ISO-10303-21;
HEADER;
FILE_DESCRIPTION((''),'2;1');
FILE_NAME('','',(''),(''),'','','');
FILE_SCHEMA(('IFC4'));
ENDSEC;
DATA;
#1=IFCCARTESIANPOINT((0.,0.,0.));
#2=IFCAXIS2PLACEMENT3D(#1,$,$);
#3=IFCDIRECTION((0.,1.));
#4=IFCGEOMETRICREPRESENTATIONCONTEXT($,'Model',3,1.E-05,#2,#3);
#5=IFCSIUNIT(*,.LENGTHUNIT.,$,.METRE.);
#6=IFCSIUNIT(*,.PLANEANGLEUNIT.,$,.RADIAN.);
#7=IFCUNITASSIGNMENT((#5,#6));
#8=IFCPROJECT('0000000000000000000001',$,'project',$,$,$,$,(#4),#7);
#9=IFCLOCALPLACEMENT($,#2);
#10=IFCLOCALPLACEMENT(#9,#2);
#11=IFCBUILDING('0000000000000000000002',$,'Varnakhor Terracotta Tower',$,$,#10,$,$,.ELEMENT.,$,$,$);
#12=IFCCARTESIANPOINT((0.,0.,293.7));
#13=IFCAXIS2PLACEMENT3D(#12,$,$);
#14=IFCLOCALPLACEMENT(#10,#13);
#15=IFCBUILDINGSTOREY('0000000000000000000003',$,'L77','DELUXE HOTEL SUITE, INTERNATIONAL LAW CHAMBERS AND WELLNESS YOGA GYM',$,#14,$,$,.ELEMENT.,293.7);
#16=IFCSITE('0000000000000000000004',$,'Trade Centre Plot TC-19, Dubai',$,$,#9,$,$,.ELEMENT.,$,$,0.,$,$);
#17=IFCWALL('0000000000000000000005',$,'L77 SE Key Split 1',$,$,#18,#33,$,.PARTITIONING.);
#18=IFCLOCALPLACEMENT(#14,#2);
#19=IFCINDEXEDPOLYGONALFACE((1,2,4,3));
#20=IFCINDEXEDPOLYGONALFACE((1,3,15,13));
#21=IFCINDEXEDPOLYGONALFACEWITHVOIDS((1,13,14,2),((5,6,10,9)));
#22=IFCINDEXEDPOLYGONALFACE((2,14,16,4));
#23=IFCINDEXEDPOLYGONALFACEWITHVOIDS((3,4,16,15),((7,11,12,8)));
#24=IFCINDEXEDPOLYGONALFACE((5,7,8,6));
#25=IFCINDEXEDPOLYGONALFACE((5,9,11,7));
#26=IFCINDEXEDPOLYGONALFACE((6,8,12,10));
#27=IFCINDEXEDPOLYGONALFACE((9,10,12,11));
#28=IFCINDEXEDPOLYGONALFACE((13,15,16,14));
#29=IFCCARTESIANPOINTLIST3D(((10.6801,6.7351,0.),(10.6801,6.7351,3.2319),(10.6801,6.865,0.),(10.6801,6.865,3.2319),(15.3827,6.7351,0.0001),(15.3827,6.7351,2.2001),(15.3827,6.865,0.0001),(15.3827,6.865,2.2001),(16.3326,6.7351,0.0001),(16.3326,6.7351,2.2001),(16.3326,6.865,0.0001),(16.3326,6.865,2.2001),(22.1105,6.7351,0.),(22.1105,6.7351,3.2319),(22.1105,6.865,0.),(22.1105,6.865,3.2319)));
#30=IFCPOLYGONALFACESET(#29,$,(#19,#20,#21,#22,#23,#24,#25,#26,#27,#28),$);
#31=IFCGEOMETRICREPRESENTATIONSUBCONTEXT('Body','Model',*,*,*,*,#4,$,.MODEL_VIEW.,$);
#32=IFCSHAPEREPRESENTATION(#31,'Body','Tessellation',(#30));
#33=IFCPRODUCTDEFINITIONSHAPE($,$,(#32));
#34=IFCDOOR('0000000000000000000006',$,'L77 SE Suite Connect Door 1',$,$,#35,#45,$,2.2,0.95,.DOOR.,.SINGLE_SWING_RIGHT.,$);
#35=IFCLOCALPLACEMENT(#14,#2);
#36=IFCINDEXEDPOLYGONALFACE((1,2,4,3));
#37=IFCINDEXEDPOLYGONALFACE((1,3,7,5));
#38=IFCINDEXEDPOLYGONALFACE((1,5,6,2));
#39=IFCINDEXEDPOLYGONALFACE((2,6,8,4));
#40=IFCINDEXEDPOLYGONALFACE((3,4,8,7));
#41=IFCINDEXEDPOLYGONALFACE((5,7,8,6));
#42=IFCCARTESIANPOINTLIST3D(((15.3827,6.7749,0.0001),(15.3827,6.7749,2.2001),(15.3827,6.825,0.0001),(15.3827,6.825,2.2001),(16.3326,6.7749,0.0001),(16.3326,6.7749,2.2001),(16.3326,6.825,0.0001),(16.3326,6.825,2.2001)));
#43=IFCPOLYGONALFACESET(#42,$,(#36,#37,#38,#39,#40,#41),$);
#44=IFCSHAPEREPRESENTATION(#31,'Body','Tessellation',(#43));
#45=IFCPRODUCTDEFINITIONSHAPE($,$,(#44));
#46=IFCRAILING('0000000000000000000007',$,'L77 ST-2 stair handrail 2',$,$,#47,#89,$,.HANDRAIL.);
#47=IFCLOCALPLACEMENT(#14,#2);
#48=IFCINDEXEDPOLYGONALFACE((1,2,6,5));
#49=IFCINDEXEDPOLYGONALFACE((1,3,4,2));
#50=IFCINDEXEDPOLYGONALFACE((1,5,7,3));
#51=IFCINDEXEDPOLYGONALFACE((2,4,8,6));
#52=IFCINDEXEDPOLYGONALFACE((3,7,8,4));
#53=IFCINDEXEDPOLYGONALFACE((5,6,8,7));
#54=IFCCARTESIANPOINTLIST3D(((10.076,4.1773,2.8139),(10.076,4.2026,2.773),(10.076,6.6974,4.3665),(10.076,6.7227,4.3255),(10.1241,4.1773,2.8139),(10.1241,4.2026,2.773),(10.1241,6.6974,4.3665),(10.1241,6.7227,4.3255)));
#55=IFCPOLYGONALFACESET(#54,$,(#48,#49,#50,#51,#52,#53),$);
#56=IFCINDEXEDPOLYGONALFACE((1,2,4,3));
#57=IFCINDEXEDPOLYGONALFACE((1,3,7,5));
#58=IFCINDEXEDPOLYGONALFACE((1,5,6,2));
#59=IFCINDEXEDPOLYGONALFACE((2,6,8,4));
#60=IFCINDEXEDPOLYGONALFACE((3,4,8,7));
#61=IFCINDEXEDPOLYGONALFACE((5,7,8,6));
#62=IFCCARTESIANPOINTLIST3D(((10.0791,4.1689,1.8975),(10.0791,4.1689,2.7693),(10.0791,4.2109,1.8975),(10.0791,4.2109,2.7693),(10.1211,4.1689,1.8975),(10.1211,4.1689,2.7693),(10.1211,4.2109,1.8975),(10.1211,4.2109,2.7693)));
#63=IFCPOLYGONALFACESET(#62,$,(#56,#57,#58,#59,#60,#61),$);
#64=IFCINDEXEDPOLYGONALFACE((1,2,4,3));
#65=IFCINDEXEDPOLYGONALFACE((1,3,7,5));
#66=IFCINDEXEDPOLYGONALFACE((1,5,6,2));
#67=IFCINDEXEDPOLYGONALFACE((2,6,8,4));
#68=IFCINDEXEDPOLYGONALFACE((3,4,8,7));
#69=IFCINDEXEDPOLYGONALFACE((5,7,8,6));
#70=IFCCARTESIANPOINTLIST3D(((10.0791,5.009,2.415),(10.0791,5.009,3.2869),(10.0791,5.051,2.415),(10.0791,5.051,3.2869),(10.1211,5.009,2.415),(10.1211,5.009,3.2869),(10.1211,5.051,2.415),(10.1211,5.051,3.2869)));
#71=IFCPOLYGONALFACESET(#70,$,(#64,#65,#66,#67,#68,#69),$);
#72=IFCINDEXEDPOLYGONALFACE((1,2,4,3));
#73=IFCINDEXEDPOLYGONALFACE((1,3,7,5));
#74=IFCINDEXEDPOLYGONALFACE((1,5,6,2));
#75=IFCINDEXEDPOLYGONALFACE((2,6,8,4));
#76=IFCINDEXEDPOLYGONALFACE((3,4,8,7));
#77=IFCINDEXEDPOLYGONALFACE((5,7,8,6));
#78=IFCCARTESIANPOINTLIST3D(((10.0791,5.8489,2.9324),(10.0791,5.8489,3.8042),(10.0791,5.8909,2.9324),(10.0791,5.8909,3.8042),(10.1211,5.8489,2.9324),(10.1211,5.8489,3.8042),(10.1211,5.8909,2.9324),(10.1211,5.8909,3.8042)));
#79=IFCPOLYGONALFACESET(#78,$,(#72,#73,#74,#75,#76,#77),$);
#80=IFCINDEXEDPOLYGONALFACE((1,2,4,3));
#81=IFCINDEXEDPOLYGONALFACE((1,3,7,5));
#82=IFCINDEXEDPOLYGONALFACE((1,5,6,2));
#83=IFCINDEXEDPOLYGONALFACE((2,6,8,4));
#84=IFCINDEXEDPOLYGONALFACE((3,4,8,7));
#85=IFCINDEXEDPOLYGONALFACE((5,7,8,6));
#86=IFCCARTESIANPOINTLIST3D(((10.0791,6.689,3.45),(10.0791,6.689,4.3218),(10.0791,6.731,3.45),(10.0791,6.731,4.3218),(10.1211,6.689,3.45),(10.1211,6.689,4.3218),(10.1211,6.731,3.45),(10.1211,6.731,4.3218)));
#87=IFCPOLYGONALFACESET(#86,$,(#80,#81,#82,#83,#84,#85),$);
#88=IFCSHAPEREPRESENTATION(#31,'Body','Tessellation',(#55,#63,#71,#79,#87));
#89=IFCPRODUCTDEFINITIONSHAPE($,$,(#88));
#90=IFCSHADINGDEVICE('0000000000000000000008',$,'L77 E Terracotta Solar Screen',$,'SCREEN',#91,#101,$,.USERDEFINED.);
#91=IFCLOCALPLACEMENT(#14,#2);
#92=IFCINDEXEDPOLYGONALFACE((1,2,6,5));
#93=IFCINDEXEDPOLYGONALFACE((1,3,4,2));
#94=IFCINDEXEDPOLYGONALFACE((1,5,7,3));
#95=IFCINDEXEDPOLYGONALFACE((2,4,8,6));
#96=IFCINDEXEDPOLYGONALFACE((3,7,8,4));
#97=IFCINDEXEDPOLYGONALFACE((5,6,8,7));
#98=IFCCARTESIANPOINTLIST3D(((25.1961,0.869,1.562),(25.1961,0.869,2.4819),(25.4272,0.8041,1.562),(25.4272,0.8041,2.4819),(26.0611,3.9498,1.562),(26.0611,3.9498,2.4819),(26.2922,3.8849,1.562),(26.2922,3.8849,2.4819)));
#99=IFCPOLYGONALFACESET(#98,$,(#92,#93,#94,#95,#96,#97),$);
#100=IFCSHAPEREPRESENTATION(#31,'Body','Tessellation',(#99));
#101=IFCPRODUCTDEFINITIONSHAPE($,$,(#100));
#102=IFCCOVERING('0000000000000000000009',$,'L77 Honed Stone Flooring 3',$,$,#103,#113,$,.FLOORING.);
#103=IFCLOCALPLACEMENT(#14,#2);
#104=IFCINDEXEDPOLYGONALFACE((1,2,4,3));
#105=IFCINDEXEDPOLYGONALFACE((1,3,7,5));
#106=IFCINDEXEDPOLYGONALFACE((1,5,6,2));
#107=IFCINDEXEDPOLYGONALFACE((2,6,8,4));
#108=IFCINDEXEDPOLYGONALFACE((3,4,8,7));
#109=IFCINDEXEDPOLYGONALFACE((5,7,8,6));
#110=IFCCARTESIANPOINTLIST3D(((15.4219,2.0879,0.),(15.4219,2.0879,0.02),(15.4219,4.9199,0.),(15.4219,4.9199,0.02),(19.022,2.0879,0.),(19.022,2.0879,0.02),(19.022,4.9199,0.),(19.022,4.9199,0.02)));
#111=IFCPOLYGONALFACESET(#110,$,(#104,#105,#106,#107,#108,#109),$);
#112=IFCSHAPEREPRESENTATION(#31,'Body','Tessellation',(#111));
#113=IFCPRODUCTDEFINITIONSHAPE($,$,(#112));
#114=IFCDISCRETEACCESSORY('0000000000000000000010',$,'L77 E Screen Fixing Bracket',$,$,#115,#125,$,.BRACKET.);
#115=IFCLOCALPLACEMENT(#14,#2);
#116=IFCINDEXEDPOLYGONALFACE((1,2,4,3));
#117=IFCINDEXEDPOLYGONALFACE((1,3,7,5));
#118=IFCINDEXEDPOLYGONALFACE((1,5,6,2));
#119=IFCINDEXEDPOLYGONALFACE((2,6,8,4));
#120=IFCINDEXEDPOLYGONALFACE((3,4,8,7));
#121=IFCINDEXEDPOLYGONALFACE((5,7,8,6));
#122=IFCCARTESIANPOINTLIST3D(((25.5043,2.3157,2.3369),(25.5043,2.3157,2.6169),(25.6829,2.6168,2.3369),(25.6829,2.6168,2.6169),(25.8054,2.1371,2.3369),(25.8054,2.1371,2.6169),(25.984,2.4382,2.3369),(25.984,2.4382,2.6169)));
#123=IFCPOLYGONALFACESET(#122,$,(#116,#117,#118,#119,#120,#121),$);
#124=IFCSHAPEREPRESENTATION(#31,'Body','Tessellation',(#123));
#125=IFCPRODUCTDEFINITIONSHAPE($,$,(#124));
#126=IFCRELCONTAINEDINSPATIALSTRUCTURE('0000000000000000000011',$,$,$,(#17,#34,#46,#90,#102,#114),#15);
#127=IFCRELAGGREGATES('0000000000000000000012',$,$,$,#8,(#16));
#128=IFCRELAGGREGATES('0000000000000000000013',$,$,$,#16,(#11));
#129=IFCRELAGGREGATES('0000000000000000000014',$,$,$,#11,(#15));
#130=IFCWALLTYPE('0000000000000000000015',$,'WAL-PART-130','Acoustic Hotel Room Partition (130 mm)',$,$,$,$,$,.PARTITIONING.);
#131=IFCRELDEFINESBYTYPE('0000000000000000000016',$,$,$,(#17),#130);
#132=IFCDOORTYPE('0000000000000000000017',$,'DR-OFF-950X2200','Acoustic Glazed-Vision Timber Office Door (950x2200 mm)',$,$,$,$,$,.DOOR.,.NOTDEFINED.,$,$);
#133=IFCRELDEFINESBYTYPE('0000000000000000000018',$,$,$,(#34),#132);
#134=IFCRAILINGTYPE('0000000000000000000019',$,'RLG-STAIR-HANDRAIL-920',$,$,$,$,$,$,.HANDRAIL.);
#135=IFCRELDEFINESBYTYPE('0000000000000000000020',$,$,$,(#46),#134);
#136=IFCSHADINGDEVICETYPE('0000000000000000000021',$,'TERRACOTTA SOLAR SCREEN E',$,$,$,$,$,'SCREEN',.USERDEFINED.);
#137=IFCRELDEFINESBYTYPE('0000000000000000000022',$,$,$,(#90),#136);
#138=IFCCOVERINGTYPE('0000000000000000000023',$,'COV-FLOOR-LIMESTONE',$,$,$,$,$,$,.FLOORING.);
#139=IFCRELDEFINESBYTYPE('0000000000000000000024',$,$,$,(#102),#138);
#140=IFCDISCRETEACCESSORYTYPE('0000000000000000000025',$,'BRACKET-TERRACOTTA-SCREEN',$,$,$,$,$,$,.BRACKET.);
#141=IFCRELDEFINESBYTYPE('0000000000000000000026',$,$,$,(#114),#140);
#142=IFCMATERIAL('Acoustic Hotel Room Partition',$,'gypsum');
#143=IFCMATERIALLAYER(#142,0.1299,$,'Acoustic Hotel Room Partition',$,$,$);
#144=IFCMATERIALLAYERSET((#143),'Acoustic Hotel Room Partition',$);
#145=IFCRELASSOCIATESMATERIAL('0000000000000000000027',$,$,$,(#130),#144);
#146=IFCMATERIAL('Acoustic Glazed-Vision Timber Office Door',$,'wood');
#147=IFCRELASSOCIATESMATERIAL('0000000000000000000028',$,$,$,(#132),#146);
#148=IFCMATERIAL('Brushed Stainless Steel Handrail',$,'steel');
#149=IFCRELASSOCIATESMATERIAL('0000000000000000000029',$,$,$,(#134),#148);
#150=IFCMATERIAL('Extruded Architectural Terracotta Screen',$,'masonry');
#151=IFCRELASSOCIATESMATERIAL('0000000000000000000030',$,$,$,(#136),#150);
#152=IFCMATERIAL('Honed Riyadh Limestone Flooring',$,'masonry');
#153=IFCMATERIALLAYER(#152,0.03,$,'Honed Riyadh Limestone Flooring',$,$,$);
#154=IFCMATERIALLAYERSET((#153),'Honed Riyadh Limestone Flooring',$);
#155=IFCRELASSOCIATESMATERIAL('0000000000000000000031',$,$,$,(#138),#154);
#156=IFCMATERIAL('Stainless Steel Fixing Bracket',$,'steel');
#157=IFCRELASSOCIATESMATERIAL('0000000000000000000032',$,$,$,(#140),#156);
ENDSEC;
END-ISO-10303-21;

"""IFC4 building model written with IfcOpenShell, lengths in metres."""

from ifc_helpers import new_model, si_unit, direction, frame, frame_2d, origin, origin_2d, place, context, subcontext, project, spatial, rectangle, extrude, source, transform, mapped, material, layer, layer_set, type_object, type_shapes, element, fill, save


model = new_model("IFC4")

# Units and contexts
model_context = context("Model", 3, precision=1e-05, world=origin(), true_north=direction((0.0, 1.0)))
body_context = subcontext(model_context, "Body", "Model", "MODEL_VIEW")
ifc_project = project(units=[si_unit("LENGTHUNIT", "METRE"), si_unit("PLANEANGLEUNIT", "RADIAN")], contexts=[model_context])

# Site, building, storey
site_placement = place(None, origin())
site = spatial("IfcSite", under=ifc_project, at=site_placement, Name="Trade Centre Plot TC-19, Dubai", CompositionType="ELEMENT", RefElevation=0.0)
building_placement = place(site_placement, origin())
building = spatial("IfcBuilding", under=site, at=building_placement, Name="Varnakhor Terracotta Tower", CompositionType="ELEMENT")
storey_placement = place(building_placement, frame((0.0, 0.0, 293.7)))
storey = spatial("IfcBuildingStorey", under=building, at=storey_placement, Name="L77", Description="DELUXE HOTEL SUITE, INTERNATIONAL LAW CHAMBERS AND WELLNESS YOGA GYM", CompositionType="ELEMENT", Elevation=293.7)

# Wall, opening, door
ifc_material_1 = material(Name="Acoustic Hotel Room Partition", Category="gypsum")
ifc_layer_1 = layer(ifc_material_1, 0.1299, Name="Acoustic Hotel Room Partition")
ifc_layer_set_1 = layer_set([ifc_layer_1], Name="Acoustic Hotel Room Partition")
wall_type_1 = type_object("IfcWallType", Name="WAL-PART-130", Description="Acoustic Hotel Room Partition (130 mm)", PredefinedType="PARTITIONING", material=ifc_layer_set_1)
wall_1_placement = place(storey_placement, frame((10.6799, 6.8, 0.0), z_axis=(0.0, 0.0, 1.0), x_axis=(1.0, 0.0, 0.0)))
wall_1 = element("IfcWall", 1, at=wall_1_placement, inside=storey, type_object=wall_type_1, Name="L77 SE Key Split 1", PredefinedType="PARTITIONING", context=body_context, shape_type="SweptSolid", body=[
    extrude(rectangle(XDim=11.4304, YDim=0.1299, at=frame_2d((5.7153, 0.0))), origin(), (0.0, 0.0, 1.0), 3.2319),
])
opening_placement = place(wall_1_placement, frame((4.7026, 0.0, 0.0)))
opening = element("IfcOpeningElement", 2, at=opening_placement, cuts=wall_1, PredefinedType="OPENING", context=body_context, shape_type="SweptSolid", body=[
    extrude(rectangle(XDim=0.95, YDim=2.2, at=frame_2d((0.4751, 1.1001))), frame((0.0, 0.075, 0.0), z_axis=(0.0, -1.0, 0.0), x_axis=(1.0, 0.0, 0.0)), (0.0, 0.0, 1.0), 0.1499),
])
ifc_material_2 = material(Name="Acoustic Glazed-Vision Timber Office Door", Category="wood")
door_type = type_object("IfcDoorType", Name="DR-OFF-950X2200", Description="Acoustic Glazed-Vision Timber Office Door (950x2200 mm)", OperationType="NOTDEFINED", PredefinedType="DOOR", material=ifc_material_2)
shared_shape_1 = source(origin(), body_context, "Body", "SweptSolid", [
    extrude(rectangle(XDim=0.95, YDim=2.2, at=frame_2d((0.4751, 1.1001))), frame((0.0, 0.0249, 0.0), z_axis=(0.0, -1.0, 0.0), x_axis=(1.0, 0.0, 0.0)), (0.0, 0.0, 1.0), 0.05),
])
type_shapes(door_type, [shared_shape_1])
door_placement = place(opening_placement, origin())
door = element("IfcDoor", 3, at=door_placement, inside=storey, type_object=door_type, Name="L77 SE Suite Connect Door 1", OperationType="SINGLE_SWING_RIGHT", OverallHeight=2.2, OverallWidth=0.95, PredefinedType="DOOR", context=body_context, shape_type="MappedRepresentation", body=[
    mapped(shared_shape_1, transform((0.0, 0.0, 0.0), scale=1.0)),
])
fill(opening, door)

# Railing
ifc_material_3 = material(Name="Brushed Stainless Steel Handrail", Category="steel")
railing_type = type_object("IfcRailingType", Name="RLG-STAIR-HANDRAIL-920", PredefinedType="HANDRAIL", material=ifc_material_3)
railing_placement = place(storey_placement, frame((10.1001, 4.1899, 1.8975)))
element("IfcRailing", 4, at=railing_placement, inside=storey, type_object=railing_type, Name="L77 ST-2 stair handrail 2", PredefinedType="HANDRAIL", context=body_context, shape_type="SweptSolid", body=[
    extrude(rectangle(XDim=0.0481, YDim=0.0481, at=origin_2d()), frame((0.0, 0.0, 0.896), z_axis=(0.0, 0.8514, 0.524516), x_axis=(-1.0, 0.0, 0.0)), (0.0, 0.0, 1.0), 2.96),
    extrude(rectangle(XDim=0.042, YDim=0.042, at=origin_2d()), origin(), (0.0, 0.0, 1.0), 0.8718),
    extrude(rectangle(XDim=0.042, YDim=0.042, at=origin_2d()), frame((0.0, 0.8401, 0.5176)), (0.0, 0.0, 1.0), 0.8718),
    extrude(rectangle(XDim=0.042, YDim=0.042, at=origin_2d()), frame((0.0, 1.6799, 1.0349)), (0.0, 0.0, 1.0), 0.8718),
    extrude(rectangle(XDim=0.042, YDim=0.042, at=origin_2d()), frame((0.0, 2.52, 1.5525)), (0.0, 0.0, 1.0), 0.8718),
])

# Shading device
ifc_material_4 = material(Name="Extruded Architectural Terracotta Screen", Category="masonry")
shading_device_type = type_object("IfcShadingDeviceType", Name="TERRACOTTA SOLAR SCREEN E", ElementType="SCREEN", PredefinedType="USERDEFINED", material=ifc_material_4)
shared_shape_2 = source(origin(), body_context, "Body", "SweptSolid", [
    extrude(rectangle(XDim=3.2, YDim=0.24, at=origin_2d()), origin(), (0.0, 0.0, 1.0), 0.9199),
])
type_shapes(shading_device_type, [shared_shape_2])
shading_device_placement = place(storey_placement, frame((25.7441, 2.377, 1.562), z_axis=(0.0, 0.0, 1.0), x_axis=(0.270315, 0.962772, 0.0)))
element("IfcShadingDevice", 5, at=shading_device_placement, inside=storey, type_object=shading_device_type, Name="L77 E Terracotta Solar Screen", ObjectType="SCREEN", PredefinedType="USERDEFINED", context=body_context, shape_type="MappedRepresentation", body=[
    mapped(shared_shape_2, transform((0.0, 0.0, 0.0), scale=1.0)),
])

# Covering
ifc_material_5 = material(Name="Honed Riyadh Limestone Flooring", Category="masonry")
ifc_layer_2 = layer(ifc_material_5, 0.03, Name="Honed Riyadh Limestone Flooring")
ifc_layer_set_2 = layer_set([ifc_layer_2], Name="Honed Riyadh Limestone Flooring")
covering_type = type_object("IfcCoveringType", Name="COV-FLOOR-LIMESTONE", PredefinedType="FLOORING", material=ifc_layer_set_2)
shared_shape_3 = source(origin(), body_context, "Body", "SweptSolid", [
    extrude(rectangle(XDim=3.6001, YDim=2.832, at=origin_2d()), origin(), (0.0, 0.0, 1.0), 0.02),
])
covering_placement = place(storey_placement, frame((17.2219, 3.5039, 0.0), z_axis=(0.0, 0.0, 1.0), x_axis=(1.0, 0.0, 0.0)))
element("IfcCovering", 6, at=covering_placement, inside=storey, type_object=covering_type, Name="L77 Honed Stone Flooring 3", PredefinedType="FLOORING", context=body_context, shape_type="MappedRepresentation", body=[
    mapped(shared_shape_3, transform((0.0, 0.0, 0.0), scale=1.0)),
])

# Discrete accessory
ifc_material_6 = material(Name="Stainless Steel Fixing Bracket", Category="steel")
discrete_accessory_type = type_object("IfcDiscreteAccessoryType", Name="BRACKET-TERRACOTTA-SCREEN", PredefinedType="BRACKET", material=ifc_material_6)
shared_shape_4 = source(origin(), body_context, "Body", "SweptSolid", [
    extrude(rectangle(XDim=0.3501, YDim=0.3501, at=origin_2d()), origin(), (0.0, 0.0, 1.0), 0.28),
])
type_shapes(discrete_accessory_type, [shared_shape_4])
discrete_accessory_placement = place(storey_placement, frame((25.7441, 2.377, 2.3369), z_axis=(0.0, 0.0, 1.0), x_axis=(0.510288, 0.860004, 0.0)))
element("IfcDiscreteAccessory", 7, at=discrete_accessory_placement, inside=storey, type_object=discrete_accessory_type, Name="L77 E Screen Fixing Bracket", PredefinedType="BRACKET", context=body_context, shape_type="MappedRepresentation", body=[
    mapped(shared_shape_4, transform((0.0, 0.0, 0.0), scale=1.0)),
])

save(model, "model.ifc")
